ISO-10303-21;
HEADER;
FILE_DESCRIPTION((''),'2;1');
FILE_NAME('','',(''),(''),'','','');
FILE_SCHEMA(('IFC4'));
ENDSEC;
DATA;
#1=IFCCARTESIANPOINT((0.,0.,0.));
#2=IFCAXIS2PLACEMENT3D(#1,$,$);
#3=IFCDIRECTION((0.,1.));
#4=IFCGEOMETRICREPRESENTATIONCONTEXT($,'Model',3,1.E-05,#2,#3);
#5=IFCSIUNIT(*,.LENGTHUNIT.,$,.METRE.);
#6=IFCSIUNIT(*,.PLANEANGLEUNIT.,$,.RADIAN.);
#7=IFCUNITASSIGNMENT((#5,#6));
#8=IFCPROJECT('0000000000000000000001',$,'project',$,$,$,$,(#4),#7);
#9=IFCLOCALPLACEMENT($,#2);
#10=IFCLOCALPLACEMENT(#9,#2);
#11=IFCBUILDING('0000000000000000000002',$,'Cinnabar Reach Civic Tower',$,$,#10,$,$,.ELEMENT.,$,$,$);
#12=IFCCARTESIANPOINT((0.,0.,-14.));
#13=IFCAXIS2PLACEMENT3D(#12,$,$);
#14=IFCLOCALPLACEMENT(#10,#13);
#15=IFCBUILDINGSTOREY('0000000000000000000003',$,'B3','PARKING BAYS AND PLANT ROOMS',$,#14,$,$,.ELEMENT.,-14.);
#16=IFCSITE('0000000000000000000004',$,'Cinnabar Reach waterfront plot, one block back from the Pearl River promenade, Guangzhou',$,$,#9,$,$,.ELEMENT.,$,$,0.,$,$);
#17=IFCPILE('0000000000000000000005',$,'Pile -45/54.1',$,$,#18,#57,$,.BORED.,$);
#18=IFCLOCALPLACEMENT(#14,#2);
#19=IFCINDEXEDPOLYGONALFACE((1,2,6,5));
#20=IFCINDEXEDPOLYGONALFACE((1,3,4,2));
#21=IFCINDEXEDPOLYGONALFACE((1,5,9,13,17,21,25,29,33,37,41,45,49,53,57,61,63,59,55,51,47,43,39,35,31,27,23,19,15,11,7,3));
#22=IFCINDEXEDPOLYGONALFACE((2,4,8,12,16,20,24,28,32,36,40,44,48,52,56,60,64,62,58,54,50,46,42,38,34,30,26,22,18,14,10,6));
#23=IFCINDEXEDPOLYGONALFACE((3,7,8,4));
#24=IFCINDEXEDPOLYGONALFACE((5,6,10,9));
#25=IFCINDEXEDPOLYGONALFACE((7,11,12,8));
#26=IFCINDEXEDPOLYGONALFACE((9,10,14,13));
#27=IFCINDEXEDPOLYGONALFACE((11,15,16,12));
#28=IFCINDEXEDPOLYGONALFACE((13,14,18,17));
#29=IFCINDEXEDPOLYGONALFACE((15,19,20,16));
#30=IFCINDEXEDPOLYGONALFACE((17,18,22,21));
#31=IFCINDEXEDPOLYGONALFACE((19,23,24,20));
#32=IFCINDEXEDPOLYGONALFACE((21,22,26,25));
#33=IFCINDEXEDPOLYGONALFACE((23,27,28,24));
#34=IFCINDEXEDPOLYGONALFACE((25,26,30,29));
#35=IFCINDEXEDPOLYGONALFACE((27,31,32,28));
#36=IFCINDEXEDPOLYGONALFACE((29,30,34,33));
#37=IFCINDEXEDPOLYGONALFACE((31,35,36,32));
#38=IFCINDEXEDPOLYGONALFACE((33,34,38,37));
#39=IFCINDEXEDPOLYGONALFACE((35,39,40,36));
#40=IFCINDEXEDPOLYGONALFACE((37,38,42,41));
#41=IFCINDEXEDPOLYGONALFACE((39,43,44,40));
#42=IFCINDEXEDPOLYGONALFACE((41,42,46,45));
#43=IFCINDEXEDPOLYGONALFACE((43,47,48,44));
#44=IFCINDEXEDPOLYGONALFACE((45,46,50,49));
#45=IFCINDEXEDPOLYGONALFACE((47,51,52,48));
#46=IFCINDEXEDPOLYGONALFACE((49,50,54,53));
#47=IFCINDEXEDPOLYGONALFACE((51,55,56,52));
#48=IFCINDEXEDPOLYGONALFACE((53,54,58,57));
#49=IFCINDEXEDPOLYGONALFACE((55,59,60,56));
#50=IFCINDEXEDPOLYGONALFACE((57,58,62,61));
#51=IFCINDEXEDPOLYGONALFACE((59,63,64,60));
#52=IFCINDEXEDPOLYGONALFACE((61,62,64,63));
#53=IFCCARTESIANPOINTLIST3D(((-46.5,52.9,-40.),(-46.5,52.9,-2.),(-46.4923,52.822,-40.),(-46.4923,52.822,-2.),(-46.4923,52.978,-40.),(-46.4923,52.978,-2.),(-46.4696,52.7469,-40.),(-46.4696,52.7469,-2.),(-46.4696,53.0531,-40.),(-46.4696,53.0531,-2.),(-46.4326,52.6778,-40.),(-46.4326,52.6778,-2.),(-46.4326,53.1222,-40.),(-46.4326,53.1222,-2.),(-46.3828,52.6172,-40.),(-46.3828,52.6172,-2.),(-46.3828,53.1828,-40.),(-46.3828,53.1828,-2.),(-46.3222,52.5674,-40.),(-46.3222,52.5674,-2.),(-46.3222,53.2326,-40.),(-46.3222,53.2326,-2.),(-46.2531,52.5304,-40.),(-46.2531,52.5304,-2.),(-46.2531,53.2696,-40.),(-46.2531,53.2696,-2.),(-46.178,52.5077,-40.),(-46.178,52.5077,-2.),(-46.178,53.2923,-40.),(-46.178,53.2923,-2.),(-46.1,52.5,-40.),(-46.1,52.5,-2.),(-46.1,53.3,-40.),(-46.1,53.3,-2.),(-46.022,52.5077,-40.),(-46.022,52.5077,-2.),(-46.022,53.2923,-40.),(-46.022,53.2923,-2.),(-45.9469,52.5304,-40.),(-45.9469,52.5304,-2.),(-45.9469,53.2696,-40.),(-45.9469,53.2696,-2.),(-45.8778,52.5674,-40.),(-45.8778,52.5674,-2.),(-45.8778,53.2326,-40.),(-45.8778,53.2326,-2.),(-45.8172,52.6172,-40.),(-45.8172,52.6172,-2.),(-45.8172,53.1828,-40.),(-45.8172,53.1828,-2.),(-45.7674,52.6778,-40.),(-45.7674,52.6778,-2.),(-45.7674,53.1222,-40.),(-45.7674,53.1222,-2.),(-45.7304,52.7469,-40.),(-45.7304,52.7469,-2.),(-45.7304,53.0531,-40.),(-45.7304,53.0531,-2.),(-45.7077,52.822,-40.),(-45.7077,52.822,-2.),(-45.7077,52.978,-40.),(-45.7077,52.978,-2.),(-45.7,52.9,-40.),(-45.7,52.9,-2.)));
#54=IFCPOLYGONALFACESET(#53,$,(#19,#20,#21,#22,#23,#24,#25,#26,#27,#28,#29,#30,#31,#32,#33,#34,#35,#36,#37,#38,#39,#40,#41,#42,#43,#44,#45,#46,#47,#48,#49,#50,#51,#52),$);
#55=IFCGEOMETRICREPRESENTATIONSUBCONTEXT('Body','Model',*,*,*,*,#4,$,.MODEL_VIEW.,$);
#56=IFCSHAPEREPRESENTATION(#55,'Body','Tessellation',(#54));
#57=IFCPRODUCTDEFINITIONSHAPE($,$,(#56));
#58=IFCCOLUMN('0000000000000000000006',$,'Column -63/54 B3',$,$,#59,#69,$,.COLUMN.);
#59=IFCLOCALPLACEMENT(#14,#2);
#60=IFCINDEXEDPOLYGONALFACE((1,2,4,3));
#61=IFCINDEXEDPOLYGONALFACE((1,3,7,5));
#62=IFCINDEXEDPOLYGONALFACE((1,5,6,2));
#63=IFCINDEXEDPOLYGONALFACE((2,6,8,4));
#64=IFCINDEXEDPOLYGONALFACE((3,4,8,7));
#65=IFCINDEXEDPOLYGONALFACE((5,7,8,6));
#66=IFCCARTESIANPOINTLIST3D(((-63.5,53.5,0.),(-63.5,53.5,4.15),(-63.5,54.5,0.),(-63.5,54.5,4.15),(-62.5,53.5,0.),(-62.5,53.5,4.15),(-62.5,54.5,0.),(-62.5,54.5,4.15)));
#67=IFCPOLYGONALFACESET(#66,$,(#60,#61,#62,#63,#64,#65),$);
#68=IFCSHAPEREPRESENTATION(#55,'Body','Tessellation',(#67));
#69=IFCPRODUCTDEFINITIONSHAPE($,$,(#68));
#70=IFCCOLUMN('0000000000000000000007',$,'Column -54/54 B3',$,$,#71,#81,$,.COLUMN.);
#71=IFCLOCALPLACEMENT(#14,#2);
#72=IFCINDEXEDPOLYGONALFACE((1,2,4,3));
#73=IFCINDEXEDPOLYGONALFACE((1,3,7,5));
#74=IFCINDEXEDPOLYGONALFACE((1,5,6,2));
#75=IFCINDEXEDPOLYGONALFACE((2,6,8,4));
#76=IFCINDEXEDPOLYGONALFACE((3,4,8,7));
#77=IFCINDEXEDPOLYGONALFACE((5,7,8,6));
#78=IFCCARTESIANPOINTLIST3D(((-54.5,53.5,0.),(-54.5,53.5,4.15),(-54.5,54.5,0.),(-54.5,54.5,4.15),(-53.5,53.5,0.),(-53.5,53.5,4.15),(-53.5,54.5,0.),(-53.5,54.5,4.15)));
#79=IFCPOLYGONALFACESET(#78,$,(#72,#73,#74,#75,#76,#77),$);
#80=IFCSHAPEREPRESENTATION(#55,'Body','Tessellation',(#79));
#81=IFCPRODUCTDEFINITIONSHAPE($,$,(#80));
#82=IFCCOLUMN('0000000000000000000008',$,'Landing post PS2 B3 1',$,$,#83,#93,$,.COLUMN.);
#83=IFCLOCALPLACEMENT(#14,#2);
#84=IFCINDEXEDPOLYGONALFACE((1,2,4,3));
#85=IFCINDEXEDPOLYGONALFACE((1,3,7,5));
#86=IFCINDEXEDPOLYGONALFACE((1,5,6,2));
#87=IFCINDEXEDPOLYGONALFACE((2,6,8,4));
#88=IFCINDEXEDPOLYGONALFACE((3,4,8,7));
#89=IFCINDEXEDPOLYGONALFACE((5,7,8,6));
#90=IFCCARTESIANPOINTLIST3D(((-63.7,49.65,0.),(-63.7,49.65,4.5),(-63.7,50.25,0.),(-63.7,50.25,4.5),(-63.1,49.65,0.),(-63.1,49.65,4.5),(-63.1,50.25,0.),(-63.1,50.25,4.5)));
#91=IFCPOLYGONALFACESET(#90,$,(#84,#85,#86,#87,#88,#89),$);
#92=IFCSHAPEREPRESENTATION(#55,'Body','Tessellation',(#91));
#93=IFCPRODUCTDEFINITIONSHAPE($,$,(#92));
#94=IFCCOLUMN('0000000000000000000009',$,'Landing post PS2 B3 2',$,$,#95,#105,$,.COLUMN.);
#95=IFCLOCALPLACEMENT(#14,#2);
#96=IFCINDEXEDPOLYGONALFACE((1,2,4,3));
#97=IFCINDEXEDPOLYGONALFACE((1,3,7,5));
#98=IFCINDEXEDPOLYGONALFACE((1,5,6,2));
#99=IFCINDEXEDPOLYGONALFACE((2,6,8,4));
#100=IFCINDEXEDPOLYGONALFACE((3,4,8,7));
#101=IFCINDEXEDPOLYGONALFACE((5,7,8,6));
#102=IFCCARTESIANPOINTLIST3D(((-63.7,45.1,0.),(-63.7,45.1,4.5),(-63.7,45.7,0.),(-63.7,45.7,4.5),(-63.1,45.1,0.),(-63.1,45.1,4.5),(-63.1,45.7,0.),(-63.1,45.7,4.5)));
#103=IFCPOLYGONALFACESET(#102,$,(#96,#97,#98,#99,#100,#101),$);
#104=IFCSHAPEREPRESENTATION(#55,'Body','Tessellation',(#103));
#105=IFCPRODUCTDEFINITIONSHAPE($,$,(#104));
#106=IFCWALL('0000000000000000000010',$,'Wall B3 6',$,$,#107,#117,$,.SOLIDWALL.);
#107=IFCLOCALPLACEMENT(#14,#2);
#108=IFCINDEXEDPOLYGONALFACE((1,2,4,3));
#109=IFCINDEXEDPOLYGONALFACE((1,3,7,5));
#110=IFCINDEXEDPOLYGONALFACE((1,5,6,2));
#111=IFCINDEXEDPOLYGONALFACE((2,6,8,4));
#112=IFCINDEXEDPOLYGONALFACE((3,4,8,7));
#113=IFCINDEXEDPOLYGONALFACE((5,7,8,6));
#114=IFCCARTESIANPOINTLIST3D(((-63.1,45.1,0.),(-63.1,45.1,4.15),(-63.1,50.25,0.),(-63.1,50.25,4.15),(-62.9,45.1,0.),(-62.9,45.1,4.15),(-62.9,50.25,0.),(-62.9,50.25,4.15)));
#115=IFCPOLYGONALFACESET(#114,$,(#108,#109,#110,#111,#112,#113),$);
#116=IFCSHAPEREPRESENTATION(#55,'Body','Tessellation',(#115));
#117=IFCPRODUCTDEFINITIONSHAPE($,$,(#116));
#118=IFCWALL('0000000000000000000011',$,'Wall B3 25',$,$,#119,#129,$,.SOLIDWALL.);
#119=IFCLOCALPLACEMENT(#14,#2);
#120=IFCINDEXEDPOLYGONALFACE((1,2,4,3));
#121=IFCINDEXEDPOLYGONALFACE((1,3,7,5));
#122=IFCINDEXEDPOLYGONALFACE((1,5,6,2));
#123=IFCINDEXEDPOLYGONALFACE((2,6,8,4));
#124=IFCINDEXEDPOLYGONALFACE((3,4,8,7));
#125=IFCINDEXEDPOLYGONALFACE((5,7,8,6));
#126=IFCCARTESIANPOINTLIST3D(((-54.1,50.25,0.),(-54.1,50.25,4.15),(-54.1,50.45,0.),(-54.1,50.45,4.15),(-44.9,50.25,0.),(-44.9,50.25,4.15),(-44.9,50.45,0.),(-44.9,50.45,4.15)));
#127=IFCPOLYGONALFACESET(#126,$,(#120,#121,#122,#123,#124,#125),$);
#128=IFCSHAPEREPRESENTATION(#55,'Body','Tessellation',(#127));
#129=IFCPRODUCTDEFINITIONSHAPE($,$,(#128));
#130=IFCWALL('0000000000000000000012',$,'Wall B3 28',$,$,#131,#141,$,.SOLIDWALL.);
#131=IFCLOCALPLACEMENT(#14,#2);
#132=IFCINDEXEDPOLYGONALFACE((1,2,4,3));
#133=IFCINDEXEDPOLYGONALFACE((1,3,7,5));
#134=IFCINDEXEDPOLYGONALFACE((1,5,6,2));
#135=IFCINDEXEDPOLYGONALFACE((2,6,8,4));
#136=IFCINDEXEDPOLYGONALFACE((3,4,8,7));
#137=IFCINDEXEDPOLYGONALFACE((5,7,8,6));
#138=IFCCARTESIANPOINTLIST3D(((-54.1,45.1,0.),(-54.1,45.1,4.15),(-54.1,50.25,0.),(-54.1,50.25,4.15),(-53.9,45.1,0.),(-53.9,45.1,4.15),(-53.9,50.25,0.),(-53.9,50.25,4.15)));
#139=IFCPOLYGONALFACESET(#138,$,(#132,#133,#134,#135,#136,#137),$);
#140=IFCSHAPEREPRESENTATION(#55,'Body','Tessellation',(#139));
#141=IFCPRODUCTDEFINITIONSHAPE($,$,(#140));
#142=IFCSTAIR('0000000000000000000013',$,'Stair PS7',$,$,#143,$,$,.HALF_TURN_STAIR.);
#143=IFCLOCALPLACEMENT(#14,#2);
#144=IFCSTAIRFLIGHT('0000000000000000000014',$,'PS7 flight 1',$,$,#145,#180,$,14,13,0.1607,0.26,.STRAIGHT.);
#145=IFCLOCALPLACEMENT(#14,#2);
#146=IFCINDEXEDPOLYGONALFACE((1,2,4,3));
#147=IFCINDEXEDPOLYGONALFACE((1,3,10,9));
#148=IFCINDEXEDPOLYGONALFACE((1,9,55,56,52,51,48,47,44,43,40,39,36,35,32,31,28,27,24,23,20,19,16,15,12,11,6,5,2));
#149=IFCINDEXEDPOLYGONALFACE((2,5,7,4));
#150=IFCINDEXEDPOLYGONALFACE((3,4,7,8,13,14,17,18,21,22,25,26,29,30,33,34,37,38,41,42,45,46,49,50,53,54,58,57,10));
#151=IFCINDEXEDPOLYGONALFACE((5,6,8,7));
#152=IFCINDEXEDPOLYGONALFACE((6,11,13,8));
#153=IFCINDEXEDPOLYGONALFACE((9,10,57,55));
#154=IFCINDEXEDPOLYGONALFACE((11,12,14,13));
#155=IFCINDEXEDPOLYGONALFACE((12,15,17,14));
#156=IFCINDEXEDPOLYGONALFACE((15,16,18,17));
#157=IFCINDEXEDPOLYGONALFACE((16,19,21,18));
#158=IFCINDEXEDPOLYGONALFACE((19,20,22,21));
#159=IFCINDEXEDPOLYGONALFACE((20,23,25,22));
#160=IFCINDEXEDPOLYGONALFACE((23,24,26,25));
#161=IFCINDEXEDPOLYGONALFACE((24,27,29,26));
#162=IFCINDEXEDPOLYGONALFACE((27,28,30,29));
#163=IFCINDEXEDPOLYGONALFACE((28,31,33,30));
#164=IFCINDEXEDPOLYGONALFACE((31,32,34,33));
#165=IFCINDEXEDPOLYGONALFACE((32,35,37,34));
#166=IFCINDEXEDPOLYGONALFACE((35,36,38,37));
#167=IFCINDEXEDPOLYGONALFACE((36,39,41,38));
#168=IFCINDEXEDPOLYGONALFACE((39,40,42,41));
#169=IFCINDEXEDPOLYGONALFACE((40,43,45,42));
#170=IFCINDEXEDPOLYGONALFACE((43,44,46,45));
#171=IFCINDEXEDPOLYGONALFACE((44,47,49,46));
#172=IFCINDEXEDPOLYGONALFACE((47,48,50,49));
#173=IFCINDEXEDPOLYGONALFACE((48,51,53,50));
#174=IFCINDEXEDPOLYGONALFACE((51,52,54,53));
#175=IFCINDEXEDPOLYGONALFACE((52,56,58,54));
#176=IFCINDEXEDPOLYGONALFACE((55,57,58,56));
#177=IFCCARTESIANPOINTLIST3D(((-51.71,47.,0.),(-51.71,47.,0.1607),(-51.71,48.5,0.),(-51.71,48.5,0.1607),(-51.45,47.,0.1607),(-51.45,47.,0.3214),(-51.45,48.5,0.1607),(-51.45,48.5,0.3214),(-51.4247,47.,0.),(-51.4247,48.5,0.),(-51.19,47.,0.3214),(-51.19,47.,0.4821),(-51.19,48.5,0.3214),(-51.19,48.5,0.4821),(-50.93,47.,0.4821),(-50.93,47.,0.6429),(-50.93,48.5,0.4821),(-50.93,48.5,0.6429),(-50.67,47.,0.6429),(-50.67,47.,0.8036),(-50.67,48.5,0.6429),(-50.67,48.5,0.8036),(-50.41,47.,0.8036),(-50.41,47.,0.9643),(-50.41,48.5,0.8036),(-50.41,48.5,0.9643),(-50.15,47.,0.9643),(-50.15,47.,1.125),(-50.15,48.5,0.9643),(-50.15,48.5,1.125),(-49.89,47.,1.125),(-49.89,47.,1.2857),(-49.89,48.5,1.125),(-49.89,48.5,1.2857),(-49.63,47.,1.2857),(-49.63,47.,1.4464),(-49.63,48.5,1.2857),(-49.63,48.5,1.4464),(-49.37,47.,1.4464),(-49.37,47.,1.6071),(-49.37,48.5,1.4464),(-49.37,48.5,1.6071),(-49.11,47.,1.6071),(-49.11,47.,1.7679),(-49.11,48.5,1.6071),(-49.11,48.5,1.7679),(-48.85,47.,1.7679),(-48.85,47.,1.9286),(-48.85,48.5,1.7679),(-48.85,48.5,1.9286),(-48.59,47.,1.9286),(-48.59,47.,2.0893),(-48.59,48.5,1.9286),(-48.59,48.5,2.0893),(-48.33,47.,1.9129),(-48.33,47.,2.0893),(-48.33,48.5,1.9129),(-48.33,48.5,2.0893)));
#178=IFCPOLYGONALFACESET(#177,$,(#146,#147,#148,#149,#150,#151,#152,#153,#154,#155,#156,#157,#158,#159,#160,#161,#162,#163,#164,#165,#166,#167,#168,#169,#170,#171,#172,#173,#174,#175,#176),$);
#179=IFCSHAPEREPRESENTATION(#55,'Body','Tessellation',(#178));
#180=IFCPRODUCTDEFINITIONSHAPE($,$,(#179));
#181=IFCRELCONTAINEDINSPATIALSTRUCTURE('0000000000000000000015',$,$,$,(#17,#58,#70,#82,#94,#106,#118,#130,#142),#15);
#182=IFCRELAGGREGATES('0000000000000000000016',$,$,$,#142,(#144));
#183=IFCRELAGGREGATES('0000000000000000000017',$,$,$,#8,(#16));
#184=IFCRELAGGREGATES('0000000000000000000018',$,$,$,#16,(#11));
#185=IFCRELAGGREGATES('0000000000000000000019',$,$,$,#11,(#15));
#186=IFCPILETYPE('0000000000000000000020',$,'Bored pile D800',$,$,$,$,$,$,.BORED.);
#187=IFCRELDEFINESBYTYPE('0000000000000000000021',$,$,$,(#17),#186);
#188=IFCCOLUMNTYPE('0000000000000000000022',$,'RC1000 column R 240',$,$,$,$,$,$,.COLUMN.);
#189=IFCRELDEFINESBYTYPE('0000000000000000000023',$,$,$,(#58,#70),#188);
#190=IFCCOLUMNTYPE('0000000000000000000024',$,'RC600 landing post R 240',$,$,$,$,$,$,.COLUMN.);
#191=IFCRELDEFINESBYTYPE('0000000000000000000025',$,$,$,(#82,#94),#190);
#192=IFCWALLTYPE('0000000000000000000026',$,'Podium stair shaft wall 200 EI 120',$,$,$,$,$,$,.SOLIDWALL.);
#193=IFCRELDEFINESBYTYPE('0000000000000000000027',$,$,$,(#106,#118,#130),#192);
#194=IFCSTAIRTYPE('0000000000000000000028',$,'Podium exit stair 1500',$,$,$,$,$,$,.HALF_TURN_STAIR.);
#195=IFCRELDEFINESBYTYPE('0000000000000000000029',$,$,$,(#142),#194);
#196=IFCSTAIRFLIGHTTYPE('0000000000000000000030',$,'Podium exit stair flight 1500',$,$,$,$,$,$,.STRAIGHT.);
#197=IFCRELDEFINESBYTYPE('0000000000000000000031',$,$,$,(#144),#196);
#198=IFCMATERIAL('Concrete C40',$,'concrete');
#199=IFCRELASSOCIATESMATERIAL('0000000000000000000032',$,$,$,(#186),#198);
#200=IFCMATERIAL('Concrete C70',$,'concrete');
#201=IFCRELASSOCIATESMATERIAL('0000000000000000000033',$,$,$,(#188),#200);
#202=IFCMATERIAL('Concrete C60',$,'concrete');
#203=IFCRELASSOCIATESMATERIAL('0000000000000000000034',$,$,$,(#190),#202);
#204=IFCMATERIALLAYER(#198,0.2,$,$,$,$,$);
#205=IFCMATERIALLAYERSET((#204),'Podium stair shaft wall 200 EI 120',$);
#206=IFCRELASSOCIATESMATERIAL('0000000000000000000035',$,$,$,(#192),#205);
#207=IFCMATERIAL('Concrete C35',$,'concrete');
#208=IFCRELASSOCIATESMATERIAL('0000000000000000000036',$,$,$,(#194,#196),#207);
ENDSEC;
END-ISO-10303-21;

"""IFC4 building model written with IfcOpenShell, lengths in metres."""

from ifc_helpers import new_model, si_unit, direction, frame, frame_2d, origin, origin_2d, place, context, subcontext, project, spatial, polyline, rectangle, circle, outline, extrude, material, layer, layer_set, material_profile, profile_set, type_object, element, aggregate, save


model = new_model("IFC4")

# Units and contexts
model_context = context("Model", 3, precision=1e-05, world=origin(), true_north=direction((0.0, 1.0)))
body_context = subcontext(model_context, "Body", "Model", "MODEL_VIEW")
ifc_project = project(units=[si_unit("LENGTHUNIT", "METRE"), si_unit("PLANEANGLEUNIT", "RADIAN")], contexts=[model_context])

# Site, building, storey
site_placement = place(None, origin())
site = spatial("IfcSite", under=ifc_project, at=site_placement, Name="Cinnabar Reach waterfront plot, one block back from the Pearl River promenade, Guangzhou", CompositionType="ELEMENT", RefElevation=0.0)
building_placement = place(site_placement, origin())
building = spatial("IfcBuilding", under=site, at=building_placement, Name="Cinnabar Reach Civic Tower", CompositionType="ELEMENT")
storey_placement = place(building_placement, frame((0.0, 0.0, -14.0)))
storey = spatial("IfcBuildingStorey", under=building, at=storey_placement, Name="B3", Description="PARKING BAYS AND PLANT ROOMS", CompositionType="ELEMENT", Elevation=-14.0)

# Pile
ifc_material_1 = material(Name="Concrete C40", Category="concrete")
pile_type_1 = type_object("IfcPileType", Name="Bored pile D800", PredefinedType="BORED", material=ifc_material_1)
for number, where, z_axis, x_axis, name in (
    (1, (-46.1, 52.9, -2.0), (0.0, 0.0, -1.0), (1.0, 0.0, 0.0), "Pile -45/54.1"),
):
    element("IfcPile", number, at=place(storey_placement, frame(where, z_axis=z_axis, x_axis=x_axis)), inside=storey, type_object=pile_type_1, Name=name, PredefinedType="BORED", context=body_context, shape_type="SweptSolid", body=[
        extrude(circle(Radius=0.4, at=origin_2d()), origin(), (0.0, 0.0, 1.0), 38.0),
    ])

# Columns
ifc_material_2 = material(Name="Concrete C70", Category="concrete")
ifc_material_profile_1 = material_profile(ifc_material_2, rectangle(XDim=1.0, YDim=1.0, at=origin_2d()), Name="RC1000")
ifc_profile_set_1 = profile_set([ifc_material_profile_1], Name="Concrete C70")
column_type_1 = type_object("IfcColumnType", Name="RC1000 column R 240", PredefinedType="COLUMN", material=ifc_profile_set_1)
for number, where, z_axis, x_axis, name in (
    (2, (-63.0, 54.0, 0.0), (0.0, 0.0, 1.0), (1.0, 0.0, 0.0), "Column -63/54 B3"),
    (3, (-54.0, 54.0, 0.0), (0.0, 0.0, 1.0), (1.0, 0.0, 0.0), "Column -54/54 B3"),
):
    element("IfcColumn", number, at=place(storey_placement, frame(where, z_axis=z_axis, x_axis=x_axis)), inside=storey, type_object=column_type_1, Name=name, PredefinedType="COLUMN", context=body_context, shape_type="SweptSolid", body=[
        extrude(rectangle(XDim=1.0, YDim=1.0, at=origin_2d()), origin(), (0.0, 0.0, 1.0), 4.15),
    ])
ifc_material_3 = material(Name="Concrete C60", Category="concrete")
ifc_material_profile_2 = material_profile(ifc_material_3, rectangle(XDim=0.6, YDim=0.6, at=origin_2d()), Name="RC600")
ifc_profile_set_2 = profile_set([ifc_material_profile_2], Name="Concrete C60")
column_type_2 = type_object("IfcColumnType", Name="RC600 landing post R 240", PredefinedType="COLUMN", material=ifc_profile_set_2)
for number, where, z_axis, x_axis, name in (
    (4, (-63.4, 49.95, 0.0), (0.0, 0.0, 1.0), (1.0, 0.0, 0.0), "Landing post PS2 B3 1"),
    (5, (-63.4, 45.4, 0.0), (0.0, 0.0, 1.0), (1.0, 0.0, 0.0), "Landing post PS2 B3 2"),
):
    element("IfcColumn", number, at=place(storey_placement, frame(where, z_axis=z_axis, x_axis=x_axis)), inside=storey, type_object=column_type_2, Name=name, PredefinedType="COLUMN", context=body_context, shape_type="SweptSolid", body=[
        extrude(rectangle(XDim=0.6, YDim=0.6, at=origin_2d()), origin(), (0.0, 0.0, 1.0), 4.5),
    ])

# Walls
ifc_layer = layer(ifc_material_1, 0.2)
ifc_layer_set = layer_set([ifc_layer], Name="Podium stair shaft wall 200 EI 120")
wall_type = type_object("IfcWallType", Name="Podium stair shaft wall 200 EI 120", PredefinedType="SOLIDWALL", material=ifc_layer_set)
wall_1_placement = place(storey_placement, frame((-63.0, 45.1, 0.0), z_axis=(0.0, 0.0, 1.0), x_axis=(0.0, 1.0, 0.0)))
element("IfcWall", 6, at=wall_1_placement, inside=storey, type_object=wall_type, Name="Wall B3 6", PredefinedType="SOLIDWALL", context=body_context, shape_type="SweptSolid", body=[
    extrude(rectangle(XDim=5.15, YDim=0.2, at=frame_2d((2.575, 0.0))), origin(), (0.0, 0.0, 1.0), 4.15),
])
wall_2_placement = place(storey_placement, frame((-54.1, 50.35, 0.0), z_axis=(0.0, 0.0, 1.0), x_axis=(1.0, 0.0, 0.0)))
element("IfcWall", 7, at=wall_2_placement, inside=storey, type_object=wall_type, Name="Wall B3 25", PredefinedType="SOLIDWALL", context=body_context, shape_type="SweptSolid", body=[
    extrude(rectangle(XDim=9.2, YDim=0.2, at=frame_2d((4.6, 0.0))), origin(), (0.0, 0.0, 1.0), 4.15),
])
wall_3_placement = place(storey_placement, frame((-54.0, 45.1, 0.0), z_axis=(0.0, 0.0, 1.0), x_axis=(0.0, 1.0, 0.0)))
element("IfcWall", 8, at=wall_3_placement, inside=storey, type_object=wall_type, Name="Wall B3 28", PredefinedType="SOLIDWALL", context=body_context, shape_type="SweptSolid", body=[
    extrude(rectangle(XDim=5.15, YDim=0.2, at=frame_2d((2.575, 0.0))), origin(), (0.0, 0.0, 1.0), 4.15),
])

# Stair, stair flight
ifc_material_4 = material(Name="Concrete C35", Category="concrete")
stair_type = type_object("IfcStairType", Name="Podium exit stair 1500", PredefinedType="HALF_TURN_STAIR", material=ifc_material_4)
stair_placement = place(storey_placement, origin())
stair = element("IfcStair", 9, at=stair_placement, inside=storey, type_object=stair_type, Name="Stair PS7", PredefinedType="HALF_TURN_STAIR")
stair_flight_type = type_object("IfcStairFlightType", Name="Podium exit stair flight 1500", PredefinedType="STRAIGHT", material=ifc_material_4)
stair_flight_1_placement = place(storey_placement, frame((-51.71, 47.75, 0.0), z_axis=(0.0, 0.0, 1.0), x_axis=(1.0, 0.0, 0.0)))
stair_flight_1 = element("IfcStairFlight", 10, at=stair_flight_1_placement, type_object=stair_flight_type, Name="PS7 flight 1", NumberOfRisers=14, NumberOfTreads=13, PredefinedType="STRAIGHT", RiserHeight=0.1607, TreadLength=0.26, context=body_context, shape_type="SweptSolid", body=[
    extrude(outline(polyline([(0.0, 0.0), (0.0, 0.1607), (0.26, 0.1607), (0.26, 0.3214), (0.52, 0.3214), (0.52, 0.4821), (0.78, 0.4821), (0.78, 0.6429), (1.04, 0.6429), (1.04, 0.8036), (1.3, 0.8036), (1.3, 0.9643), (1.56, 0.9643), (1.56, 1.125), (1.82, 1.125), (1.82, 1.2857), (2.08, 1.2857), (2.08, 1.4464), (2.34, 1.4464), (2.34, 1.6071), (2.6, 1.6071), (2.6, 1.7679), (2.86, 1.7679), (2.86, 1.9286), (3.12, 1.9286), (3.12, 2.0893), (3.38, 2.0893), (3.38, 2.25), (3.38, 1.9129), (0.2853, 0.0), (0.0, 0.0)])), frame((0.0, 0.75, 0.0), z_axis=(0.0, -1.0, 0.0), x_axis=(1.0, 0.0, 0.0)), (0.0, 0.0, 1.0), 1.5),
])
aggregate(stair, [stair_flight_1])

save(model, "model.ifc")
